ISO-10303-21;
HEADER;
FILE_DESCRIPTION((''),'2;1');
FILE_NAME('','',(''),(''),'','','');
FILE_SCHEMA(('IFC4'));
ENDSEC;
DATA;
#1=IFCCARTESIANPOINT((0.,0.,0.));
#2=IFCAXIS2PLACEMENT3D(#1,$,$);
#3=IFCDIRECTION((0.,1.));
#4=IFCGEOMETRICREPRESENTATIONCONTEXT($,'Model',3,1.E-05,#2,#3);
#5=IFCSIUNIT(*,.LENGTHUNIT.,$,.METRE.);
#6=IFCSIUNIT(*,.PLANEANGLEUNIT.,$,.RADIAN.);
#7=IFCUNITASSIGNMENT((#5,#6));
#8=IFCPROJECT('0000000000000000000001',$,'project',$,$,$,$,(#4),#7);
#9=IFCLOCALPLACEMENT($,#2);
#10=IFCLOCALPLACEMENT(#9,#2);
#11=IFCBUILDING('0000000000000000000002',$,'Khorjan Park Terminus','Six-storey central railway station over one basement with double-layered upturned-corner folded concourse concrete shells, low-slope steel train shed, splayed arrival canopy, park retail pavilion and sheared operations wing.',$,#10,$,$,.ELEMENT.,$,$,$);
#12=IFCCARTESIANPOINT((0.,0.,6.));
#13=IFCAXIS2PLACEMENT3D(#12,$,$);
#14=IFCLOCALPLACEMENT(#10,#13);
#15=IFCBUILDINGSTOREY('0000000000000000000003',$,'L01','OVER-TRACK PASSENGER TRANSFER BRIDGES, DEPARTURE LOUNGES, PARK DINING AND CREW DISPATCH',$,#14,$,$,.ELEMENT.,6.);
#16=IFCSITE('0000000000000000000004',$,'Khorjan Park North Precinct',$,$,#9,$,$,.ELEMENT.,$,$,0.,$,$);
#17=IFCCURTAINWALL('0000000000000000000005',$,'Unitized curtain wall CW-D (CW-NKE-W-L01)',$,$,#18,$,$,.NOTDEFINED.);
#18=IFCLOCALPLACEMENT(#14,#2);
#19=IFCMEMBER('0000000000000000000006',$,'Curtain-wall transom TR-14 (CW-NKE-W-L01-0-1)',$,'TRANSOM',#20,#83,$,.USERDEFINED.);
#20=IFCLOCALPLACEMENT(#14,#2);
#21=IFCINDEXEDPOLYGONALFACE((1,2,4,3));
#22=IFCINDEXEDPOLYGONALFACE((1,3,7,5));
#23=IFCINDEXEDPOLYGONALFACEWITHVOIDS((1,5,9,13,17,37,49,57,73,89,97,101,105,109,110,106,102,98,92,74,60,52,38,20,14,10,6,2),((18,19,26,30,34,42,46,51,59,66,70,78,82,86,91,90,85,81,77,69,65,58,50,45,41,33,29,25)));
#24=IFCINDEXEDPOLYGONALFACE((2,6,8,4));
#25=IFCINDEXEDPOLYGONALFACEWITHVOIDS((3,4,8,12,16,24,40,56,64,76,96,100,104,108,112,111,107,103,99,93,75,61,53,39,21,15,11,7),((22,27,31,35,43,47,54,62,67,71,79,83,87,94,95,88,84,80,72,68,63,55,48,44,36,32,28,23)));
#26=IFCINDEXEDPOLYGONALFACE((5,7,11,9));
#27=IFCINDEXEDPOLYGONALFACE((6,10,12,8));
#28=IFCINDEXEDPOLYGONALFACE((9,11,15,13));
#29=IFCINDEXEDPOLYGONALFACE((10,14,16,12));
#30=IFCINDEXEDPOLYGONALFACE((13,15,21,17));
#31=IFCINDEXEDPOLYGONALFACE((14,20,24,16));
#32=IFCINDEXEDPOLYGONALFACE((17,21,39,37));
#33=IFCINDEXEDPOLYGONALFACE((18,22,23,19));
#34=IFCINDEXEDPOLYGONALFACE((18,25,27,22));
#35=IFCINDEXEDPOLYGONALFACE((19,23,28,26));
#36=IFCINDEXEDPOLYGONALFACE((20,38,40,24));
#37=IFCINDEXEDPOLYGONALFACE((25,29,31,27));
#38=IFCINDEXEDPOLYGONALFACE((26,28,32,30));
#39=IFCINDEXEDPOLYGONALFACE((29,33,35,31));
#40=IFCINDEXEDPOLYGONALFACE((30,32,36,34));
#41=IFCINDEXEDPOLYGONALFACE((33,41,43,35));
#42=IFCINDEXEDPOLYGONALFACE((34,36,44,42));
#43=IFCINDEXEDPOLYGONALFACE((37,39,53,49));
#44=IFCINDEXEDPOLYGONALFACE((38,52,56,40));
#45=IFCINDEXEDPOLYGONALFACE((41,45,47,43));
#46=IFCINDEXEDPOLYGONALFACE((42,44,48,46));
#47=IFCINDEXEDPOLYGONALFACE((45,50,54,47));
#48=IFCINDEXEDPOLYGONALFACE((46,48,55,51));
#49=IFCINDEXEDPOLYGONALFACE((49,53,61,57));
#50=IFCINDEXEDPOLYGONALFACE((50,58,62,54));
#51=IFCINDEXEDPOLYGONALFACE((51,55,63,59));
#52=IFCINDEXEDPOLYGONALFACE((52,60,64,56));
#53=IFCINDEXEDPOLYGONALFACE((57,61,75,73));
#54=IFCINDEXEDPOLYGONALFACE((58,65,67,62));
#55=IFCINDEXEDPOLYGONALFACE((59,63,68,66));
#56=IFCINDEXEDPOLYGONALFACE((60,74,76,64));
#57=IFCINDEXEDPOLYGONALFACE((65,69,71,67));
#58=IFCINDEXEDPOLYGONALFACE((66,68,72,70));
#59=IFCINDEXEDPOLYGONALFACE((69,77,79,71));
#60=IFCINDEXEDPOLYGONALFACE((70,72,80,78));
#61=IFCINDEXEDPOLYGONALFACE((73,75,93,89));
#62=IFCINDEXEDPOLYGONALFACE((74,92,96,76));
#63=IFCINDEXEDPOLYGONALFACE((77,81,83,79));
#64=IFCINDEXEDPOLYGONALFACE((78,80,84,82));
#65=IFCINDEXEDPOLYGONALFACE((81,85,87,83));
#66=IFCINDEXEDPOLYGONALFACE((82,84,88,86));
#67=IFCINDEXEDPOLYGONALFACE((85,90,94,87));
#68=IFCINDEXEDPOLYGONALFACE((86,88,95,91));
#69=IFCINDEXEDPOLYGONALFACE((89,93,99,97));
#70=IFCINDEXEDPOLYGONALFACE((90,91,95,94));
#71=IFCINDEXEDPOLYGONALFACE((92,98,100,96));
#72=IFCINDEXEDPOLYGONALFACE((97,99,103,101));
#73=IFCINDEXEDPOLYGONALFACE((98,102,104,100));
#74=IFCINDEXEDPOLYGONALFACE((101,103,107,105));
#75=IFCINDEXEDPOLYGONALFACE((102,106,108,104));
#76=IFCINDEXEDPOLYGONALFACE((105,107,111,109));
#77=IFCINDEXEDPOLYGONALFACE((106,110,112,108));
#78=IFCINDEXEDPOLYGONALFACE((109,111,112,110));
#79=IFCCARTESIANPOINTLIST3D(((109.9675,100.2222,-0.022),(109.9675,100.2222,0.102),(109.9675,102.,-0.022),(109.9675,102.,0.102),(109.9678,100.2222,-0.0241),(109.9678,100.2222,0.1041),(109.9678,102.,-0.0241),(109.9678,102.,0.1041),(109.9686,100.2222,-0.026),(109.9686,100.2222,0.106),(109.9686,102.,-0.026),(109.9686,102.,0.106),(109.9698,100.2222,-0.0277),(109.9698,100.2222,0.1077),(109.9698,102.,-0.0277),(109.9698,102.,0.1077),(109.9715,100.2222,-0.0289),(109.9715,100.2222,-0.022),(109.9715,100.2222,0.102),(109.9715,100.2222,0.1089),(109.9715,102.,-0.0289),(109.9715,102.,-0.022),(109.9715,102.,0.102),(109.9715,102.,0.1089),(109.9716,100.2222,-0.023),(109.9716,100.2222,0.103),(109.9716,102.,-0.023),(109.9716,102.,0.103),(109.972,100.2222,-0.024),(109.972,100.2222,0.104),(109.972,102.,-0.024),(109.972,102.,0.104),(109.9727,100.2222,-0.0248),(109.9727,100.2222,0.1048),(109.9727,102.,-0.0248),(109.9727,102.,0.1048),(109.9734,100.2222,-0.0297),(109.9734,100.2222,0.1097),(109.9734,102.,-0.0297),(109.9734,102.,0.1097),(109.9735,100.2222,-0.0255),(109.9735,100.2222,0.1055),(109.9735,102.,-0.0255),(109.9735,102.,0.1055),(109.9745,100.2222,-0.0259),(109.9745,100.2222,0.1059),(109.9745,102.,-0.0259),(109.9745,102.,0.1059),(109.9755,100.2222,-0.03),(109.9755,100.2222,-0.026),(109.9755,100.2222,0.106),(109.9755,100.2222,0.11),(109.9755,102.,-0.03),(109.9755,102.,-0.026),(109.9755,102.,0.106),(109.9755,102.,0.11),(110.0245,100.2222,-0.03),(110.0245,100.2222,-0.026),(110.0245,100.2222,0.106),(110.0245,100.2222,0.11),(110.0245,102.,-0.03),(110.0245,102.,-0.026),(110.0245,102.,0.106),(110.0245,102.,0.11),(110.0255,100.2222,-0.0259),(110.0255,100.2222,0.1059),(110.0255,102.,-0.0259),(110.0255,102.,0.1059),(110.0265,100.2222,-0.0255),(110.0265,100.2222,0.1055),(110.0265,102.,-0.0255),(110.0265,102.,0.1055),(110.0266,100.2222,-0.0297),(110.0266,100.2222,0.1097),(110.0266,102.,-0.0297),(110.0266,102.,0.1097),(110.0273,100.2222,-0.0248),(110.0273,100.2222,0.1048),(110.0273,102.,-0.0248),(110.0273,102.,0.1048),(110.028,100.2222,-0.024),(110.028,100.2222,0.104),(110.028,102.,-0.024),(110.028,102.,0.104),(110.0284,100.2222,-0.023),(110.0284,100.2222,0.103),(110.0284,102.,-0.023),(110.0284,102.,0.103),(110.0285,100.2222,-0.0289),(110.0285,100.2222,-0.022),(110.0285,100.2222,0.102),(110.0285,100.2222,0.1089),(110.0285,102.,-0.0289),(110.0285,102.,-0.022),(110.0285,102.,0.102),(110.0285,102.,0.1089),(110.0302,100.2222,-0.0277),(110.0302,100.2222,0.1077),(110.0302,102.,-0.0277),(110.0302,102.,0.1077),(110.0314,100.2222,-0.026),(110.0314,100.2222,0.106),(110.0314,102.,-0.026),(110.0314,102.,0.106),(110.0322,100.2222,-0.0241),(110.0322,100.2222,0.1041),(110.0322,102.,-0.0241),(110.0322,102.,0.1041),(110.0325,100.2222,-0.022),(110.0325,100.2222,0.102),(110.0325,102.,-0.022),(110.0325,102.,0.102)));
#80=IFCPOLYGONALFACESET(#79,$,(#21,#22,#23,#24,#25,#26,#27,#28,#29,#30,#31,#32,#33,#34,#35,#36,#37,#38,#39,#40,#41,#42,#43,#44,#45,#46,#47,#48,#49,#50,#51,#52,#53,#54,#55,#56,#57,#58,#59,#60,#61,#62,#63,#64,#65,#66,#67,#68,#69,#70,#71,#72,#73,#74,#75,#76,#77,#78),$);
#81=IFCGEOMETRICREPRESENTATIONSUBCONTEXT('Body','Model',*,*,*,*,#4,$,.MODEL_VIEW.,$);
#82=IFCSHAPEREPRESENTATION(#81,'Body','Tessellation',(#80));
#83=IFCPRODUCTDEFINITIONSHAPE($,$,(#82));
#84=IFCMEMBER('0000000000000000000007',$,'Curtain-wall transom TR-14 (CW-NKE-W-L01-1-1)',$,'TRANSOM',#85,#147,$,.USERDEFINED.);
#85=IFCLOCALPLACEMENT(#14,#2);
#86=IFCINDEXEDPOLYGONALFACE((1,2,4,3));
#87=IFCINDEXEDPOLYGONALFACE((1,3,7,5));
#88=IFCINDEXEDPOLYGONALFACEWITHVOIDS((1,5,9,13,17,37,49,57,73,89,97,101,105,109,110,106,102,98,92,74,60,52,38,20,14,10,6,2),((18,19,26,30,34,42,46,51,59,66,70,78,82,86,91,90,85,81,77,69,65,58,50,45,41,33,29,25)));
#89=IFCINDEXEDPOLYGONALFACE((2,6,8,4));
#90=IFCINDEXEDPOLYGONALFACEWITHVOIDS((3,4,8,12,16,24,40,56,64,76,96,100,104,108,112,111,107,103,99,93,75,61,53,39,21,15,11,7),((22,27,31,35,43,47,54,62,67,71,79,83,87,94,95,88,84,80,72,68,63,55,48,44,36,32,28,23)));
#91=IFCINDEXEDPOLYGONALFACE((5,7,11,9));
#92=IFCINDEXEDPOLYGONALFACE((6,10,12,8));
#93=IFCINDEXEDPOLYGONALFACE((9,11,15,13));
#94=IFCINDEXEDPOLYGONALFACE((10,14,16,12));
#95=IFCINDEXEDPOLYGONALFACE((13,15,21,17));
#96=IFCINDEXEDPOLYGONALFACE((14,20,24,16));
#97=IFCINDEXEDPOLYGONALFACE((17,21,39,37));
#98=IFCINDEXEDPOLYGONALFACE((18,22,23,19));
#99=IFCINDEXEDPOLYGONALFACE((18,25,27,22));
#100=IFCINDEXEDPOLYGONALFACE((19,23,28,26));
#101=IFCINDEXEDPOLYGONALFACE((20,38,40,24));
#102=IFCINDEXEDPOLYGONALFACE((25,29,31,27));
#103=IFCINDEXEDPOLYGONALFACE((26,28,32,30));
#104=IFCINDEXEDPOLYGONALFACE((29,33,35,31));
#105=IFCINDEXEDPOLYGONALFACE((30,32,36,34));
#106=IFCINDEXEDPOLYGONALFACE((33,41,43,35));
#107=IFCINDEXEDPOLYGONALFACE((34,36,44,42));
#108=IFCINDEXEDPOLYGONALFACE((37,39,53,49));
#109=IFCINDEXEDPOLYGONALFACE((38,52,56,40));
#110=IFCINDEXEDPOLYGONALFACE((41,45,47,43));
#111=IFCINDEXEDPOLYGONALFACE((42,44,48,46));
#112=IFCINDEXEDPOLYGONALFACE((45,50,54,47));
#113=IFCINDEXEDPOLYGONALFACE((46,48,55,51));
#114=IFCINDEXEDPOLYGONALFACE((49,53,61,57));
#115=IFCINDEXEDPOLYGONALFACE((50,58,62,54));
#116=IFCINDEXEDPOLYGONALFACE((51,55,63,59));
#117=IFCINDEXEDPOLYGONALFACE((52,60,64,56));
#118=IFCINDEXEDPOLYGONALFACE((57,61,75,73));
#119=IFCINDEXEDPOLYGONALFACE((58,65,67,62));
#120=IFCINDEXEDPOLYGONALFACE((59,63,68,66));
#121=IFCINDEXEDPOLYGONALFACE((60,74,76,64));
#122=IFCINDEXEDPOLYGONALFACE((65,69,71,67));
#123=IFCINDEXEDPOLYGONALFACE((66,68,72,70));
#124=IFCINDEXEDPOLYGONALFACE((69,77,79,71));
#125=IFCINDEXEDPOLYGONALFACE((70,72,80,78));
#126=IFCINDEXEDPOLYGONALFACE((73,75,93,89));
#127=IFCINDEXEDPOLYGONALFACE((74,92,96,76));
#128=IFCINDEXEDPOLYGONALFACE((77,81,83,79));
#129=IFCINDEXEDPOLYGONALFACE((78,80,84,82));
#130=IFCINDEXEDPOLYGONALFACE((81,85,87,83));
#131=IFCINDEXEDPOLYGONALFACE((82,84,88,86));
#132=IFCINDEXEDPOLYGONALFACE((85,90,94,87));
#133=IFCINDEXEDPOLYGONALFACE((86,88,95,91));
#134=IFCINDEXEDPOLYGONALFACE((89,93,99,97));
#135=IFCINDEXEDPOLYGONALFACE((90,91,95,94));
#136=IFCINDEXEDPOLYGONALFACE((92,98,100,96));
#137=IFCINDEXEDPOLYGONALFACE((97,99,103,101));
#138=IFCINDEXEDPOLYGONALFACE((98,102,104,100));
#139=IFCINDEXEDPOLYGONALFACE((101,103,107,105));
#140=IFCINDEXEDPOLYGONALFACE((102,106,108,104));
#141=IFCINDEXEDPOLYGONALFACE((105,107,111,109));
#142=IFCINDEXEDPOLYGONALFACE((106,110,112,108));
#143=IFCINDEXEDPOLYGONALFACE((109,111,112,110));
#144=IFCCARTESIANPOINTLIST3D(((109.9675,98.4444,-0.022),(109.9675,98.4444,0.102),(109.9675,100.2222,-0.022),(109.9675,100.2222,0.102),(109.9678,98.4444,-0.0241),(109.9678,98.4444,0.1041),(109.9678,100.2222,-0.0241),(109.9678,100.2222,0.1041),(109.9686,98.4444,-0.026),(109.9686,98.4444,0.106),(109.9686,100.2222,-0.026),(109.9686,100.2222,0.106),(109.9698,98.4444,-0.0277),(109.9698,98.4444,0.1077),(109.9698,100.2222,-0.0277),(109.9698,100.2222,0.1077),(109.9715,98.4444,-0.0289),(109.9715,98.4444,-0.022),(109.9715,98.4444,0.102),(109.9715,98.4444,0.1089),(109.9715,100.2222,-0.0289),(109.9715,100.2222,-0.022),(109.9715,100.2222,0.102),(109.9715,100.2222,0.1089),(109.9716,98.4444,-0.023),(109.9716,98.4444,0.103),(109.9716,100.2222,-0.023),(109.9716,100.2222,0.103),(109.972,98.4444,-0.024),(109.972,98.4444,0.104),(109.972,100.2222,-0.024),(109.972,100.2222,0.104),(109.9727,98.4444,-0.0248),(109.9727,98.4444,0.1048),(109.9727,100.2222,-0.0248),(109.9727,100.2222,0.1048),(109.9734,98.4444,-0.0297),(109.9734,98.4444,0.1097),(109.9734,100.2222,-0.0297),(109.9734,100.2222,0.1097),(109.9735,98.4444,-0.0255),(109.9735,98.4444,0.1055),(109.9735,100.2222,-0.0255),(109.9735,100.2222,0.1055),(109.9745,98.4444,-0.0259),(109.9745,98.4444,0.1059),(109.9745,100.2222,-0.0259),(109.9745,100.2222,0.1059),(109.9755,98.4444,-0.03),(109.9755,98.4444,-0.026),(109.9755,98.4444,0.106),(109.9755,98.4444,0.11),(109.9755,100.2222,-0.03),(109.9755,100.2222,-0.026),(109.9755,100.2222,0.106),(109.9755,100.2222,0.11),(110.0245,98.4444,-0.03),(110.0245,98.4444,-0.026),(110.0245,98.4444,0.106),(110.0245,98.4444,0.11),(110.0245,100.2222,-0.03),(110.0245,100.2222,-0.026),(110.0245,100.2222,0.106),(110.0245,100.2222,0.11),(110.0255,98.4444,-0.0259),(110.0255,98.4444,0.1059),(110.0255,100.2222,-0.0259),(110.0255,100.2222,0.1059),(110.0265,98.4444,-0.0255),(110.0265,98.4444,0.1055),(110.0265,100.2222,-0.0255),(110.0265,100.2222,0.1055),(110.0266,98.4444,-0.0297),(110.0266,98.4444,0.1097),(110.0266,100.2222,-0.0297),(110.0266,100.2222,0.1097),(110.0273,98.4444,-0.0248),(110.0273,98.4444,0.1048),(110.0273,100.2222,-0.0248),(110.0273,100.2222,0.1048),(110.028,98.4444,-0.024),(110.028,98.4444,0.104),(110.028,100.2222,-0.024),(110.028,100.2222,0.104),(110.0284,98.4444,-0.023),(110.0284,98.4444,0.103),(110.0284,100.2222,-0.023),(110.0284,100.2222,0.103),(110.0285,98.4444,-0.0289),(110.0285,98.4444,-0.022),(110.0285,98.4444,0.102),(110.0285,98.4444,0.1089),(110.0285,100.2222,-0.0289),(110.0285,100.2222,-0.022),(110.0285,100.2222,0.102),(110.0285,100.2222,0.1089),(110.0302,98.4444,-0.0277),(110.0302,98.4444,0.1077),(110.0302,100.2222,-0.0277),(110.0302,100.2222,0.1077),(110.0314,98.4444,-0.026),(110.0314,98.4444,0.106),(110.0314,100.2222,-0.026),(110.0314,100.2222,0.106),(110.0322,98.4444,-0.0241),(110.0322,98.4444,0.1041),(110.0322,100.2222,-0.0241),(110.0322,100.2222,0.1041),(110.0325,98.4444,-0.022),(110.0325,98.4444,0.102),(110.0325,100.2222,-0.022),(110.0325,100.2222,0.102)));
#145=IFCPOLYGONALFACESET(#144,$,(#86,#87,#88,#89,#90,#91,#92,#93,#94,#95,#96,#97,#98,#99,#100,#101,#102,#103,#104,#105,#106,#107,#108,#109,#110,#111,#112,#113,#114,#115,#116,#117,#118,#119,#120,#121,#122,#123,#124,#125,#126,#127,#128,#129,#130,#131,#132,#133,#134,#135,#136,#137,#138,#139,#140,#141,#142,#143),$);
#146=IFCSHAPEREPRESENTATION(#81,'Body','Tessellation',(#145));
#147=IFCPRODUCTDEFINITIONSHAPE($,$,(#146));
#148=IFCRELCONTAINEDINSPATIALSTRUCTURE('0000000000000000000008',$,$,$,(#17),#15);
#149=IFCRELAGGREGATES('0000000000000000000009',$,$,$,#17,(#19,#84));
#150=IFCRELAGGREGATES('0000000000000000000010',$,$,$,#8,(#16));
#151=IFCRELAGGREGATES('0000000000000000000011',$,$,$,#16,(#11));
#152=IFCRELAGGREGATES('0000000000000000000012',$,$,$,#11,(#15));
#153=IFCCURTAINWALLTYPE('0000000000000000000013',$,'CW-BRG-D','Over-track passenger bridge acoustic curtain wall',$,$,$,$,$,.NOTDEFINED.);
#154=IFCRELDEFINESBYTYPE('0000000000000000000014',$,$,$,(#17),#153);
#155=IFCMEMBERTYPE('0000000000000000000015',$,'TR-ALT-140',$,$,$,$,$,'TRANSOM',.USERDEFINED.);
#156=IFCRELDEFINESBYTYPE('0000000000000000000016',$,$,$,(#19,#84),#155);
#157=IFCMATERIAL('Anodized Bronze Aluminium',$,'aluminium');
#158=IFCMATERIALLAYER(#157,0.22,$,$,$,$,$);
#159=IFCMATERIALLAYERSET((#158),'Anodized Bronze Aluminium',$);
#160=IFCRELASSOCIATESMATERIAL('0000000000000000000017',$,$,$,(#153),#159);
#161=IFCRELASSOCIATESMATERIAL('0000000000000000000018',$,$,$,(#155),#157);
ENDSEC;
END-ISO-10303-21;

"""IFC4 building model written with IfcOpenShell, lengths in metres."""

from ifc_helpers import new_model, si_unit, direction, frame, origin, origin_2d, place, context, subcontext, project, spatial, hollow_rectangle, extrude, material, layer, layer_set, material_profile, profile_set, type_object, element, aggregate, save


model = new_model("IFC4")

# Units and contexts
model_context = context("Model", 3, precision=1e-05, world=origin(), true_north=direction((0.0, 1.0)))
body_context = subcontext(model_context, "Body", "Model", "MODEL_VIEW")
ifc_project = project(units=[si_unit("LENGTHUNIT", "METRE"), si_unit("PLANEANGLEUNIT", "RADIAN")], contexts=[model_context])

# Site, building, storey
site_placement = place(None, origin())
site = spatial("IfcSite", under=ifc_project, at=site_placement, Name="Khorjan Park North Precinct", CompositionType="ELEMENT", RefElevation=0.0)
building_placement = place(site_placement, origin())
building = spatial("IfcBuilding", under=site, at=building_placement, Name="Khorjan Park Terminus", Description="Six-storey central railway station over one basement with double-layered upturned-corner folded concourse concrete shells, low-slope steel train shed, splayed arrival canopy, park retail pavilion and sheared operations wing.", CompositionType="ELEMENT")
storey_placement = place(building_placement, frame((0.0, 0.0, 6.0)))
storey = spatial("IfcBuildingStorey", under=building, at=storey_placement, Name="L01", Description="OVER-TRACK PASSENGER TRANSFER BRIDGES, DEPARTURE LOUNGES, PARK DINING AND CREW DISPATCH", CompositionType="ELEMENT", Elevation=6.0)

# Curtain wall
ifc_material_1 = material(Name="Anodized Bronze Aluminium", Category="aluminium")
ifc_layer_1 = layer(ifc_material_1, 0.22)
ifc_layer_set_1 = layer_set([ifc_layer_1], Name="Anodized Bronze Aluminium")
curtain_wall_type = type_object("IfcCurtainWallType", Name="CW-BRG-D", Description="Over-track passenger bridge acoustic curtain wall", PredefinedType="NOTDEFINED", material=ifc_layer_set_1)
curtain_wall_1_placement = place(storey_placement, origin())
curtain_wall_1 = element("IfcCurtainWall", 1, at=curtain_wall_1_placement, inside=storey, type_object=curtain_wall_type, Name="Unitized curtain wall CW-D (CW-NKE-W-L01)", PredefinedType="NOTDEFINED")

# Members
ifc_material_profile_1 = material_profile(ifc_material_1, hollow_rectangle(XDim=0.065, YDim=0.14, WallThickness=0.004, InnerFilletRadius=0.004, OuterFilletRadius=0.008, at=origin_2d()), Name="ALT 65x140x4")
ifc_profile_set_1 = profile_set([ifc_material_profile_1], Name="Anodized Bronze Aluminium")
member_type_1 = type_object("IfcMemberType", Name="TR-ALT-140", ElementType="TRANSOM", PredefinedType="USERDEFINED", material=ifc_profile_set_1)
member_1_placement = place(storey_placement, frame((110.0, 102.0, 0.04), z_axis=(0.0, -1.0, 0.0), x_axis=(1.0, 0.0, 0.0)))
member_1 = element("IfcMember", 2, at=member_1_placement, type_object=member_type_1, Name="Curtain-wall transom TR-14 (CW-NKE-W-L01-0-1)", ObjectType="TRANSOM", PredefinedType="USERDEFINED", context=body_context, shape_type="SweptSolid", body=[
    extrude(hollow_rectangle(XDim=0.065, YDim=0.14, WallThickness=0.004, InnerFilletRadius=0.004, OuterFilletRadius=0.008, at=origin_2d()), origin(), (0.0, 0.0, 1.0), 1.7778),
])
member_2_placement = place(storey_placement, frame((110.0, 100.2222, 0.04), z_axis=(0.0, -1.0, 0.0), x_axis=(1.0, 0.0, 0.0)))
member_2 = element("IfcMember", 3, at=member_2_placement, type_object=member_type_1, Name="Curtain-wall transom TR-14 (CW-NKE-W-L01-1-1)", ObjectType="TRANSOM", PredefinedType="USERDEFINED", context=body_context, shape_type="SweptSolid", body=[
    extrude(hollow_rectangle(XDim=0.065, YDim=0.14, WallThickness=0.004, InnerFilletRadius=0.004, OuterFilletRadius=0.008, at=origin_2d()), origin(), (0.0, 0.0, 1.0), 1.7778),
])

aggregate(curtain_wall_1, [member_1, member_2])

save(model, "model.ifc")
